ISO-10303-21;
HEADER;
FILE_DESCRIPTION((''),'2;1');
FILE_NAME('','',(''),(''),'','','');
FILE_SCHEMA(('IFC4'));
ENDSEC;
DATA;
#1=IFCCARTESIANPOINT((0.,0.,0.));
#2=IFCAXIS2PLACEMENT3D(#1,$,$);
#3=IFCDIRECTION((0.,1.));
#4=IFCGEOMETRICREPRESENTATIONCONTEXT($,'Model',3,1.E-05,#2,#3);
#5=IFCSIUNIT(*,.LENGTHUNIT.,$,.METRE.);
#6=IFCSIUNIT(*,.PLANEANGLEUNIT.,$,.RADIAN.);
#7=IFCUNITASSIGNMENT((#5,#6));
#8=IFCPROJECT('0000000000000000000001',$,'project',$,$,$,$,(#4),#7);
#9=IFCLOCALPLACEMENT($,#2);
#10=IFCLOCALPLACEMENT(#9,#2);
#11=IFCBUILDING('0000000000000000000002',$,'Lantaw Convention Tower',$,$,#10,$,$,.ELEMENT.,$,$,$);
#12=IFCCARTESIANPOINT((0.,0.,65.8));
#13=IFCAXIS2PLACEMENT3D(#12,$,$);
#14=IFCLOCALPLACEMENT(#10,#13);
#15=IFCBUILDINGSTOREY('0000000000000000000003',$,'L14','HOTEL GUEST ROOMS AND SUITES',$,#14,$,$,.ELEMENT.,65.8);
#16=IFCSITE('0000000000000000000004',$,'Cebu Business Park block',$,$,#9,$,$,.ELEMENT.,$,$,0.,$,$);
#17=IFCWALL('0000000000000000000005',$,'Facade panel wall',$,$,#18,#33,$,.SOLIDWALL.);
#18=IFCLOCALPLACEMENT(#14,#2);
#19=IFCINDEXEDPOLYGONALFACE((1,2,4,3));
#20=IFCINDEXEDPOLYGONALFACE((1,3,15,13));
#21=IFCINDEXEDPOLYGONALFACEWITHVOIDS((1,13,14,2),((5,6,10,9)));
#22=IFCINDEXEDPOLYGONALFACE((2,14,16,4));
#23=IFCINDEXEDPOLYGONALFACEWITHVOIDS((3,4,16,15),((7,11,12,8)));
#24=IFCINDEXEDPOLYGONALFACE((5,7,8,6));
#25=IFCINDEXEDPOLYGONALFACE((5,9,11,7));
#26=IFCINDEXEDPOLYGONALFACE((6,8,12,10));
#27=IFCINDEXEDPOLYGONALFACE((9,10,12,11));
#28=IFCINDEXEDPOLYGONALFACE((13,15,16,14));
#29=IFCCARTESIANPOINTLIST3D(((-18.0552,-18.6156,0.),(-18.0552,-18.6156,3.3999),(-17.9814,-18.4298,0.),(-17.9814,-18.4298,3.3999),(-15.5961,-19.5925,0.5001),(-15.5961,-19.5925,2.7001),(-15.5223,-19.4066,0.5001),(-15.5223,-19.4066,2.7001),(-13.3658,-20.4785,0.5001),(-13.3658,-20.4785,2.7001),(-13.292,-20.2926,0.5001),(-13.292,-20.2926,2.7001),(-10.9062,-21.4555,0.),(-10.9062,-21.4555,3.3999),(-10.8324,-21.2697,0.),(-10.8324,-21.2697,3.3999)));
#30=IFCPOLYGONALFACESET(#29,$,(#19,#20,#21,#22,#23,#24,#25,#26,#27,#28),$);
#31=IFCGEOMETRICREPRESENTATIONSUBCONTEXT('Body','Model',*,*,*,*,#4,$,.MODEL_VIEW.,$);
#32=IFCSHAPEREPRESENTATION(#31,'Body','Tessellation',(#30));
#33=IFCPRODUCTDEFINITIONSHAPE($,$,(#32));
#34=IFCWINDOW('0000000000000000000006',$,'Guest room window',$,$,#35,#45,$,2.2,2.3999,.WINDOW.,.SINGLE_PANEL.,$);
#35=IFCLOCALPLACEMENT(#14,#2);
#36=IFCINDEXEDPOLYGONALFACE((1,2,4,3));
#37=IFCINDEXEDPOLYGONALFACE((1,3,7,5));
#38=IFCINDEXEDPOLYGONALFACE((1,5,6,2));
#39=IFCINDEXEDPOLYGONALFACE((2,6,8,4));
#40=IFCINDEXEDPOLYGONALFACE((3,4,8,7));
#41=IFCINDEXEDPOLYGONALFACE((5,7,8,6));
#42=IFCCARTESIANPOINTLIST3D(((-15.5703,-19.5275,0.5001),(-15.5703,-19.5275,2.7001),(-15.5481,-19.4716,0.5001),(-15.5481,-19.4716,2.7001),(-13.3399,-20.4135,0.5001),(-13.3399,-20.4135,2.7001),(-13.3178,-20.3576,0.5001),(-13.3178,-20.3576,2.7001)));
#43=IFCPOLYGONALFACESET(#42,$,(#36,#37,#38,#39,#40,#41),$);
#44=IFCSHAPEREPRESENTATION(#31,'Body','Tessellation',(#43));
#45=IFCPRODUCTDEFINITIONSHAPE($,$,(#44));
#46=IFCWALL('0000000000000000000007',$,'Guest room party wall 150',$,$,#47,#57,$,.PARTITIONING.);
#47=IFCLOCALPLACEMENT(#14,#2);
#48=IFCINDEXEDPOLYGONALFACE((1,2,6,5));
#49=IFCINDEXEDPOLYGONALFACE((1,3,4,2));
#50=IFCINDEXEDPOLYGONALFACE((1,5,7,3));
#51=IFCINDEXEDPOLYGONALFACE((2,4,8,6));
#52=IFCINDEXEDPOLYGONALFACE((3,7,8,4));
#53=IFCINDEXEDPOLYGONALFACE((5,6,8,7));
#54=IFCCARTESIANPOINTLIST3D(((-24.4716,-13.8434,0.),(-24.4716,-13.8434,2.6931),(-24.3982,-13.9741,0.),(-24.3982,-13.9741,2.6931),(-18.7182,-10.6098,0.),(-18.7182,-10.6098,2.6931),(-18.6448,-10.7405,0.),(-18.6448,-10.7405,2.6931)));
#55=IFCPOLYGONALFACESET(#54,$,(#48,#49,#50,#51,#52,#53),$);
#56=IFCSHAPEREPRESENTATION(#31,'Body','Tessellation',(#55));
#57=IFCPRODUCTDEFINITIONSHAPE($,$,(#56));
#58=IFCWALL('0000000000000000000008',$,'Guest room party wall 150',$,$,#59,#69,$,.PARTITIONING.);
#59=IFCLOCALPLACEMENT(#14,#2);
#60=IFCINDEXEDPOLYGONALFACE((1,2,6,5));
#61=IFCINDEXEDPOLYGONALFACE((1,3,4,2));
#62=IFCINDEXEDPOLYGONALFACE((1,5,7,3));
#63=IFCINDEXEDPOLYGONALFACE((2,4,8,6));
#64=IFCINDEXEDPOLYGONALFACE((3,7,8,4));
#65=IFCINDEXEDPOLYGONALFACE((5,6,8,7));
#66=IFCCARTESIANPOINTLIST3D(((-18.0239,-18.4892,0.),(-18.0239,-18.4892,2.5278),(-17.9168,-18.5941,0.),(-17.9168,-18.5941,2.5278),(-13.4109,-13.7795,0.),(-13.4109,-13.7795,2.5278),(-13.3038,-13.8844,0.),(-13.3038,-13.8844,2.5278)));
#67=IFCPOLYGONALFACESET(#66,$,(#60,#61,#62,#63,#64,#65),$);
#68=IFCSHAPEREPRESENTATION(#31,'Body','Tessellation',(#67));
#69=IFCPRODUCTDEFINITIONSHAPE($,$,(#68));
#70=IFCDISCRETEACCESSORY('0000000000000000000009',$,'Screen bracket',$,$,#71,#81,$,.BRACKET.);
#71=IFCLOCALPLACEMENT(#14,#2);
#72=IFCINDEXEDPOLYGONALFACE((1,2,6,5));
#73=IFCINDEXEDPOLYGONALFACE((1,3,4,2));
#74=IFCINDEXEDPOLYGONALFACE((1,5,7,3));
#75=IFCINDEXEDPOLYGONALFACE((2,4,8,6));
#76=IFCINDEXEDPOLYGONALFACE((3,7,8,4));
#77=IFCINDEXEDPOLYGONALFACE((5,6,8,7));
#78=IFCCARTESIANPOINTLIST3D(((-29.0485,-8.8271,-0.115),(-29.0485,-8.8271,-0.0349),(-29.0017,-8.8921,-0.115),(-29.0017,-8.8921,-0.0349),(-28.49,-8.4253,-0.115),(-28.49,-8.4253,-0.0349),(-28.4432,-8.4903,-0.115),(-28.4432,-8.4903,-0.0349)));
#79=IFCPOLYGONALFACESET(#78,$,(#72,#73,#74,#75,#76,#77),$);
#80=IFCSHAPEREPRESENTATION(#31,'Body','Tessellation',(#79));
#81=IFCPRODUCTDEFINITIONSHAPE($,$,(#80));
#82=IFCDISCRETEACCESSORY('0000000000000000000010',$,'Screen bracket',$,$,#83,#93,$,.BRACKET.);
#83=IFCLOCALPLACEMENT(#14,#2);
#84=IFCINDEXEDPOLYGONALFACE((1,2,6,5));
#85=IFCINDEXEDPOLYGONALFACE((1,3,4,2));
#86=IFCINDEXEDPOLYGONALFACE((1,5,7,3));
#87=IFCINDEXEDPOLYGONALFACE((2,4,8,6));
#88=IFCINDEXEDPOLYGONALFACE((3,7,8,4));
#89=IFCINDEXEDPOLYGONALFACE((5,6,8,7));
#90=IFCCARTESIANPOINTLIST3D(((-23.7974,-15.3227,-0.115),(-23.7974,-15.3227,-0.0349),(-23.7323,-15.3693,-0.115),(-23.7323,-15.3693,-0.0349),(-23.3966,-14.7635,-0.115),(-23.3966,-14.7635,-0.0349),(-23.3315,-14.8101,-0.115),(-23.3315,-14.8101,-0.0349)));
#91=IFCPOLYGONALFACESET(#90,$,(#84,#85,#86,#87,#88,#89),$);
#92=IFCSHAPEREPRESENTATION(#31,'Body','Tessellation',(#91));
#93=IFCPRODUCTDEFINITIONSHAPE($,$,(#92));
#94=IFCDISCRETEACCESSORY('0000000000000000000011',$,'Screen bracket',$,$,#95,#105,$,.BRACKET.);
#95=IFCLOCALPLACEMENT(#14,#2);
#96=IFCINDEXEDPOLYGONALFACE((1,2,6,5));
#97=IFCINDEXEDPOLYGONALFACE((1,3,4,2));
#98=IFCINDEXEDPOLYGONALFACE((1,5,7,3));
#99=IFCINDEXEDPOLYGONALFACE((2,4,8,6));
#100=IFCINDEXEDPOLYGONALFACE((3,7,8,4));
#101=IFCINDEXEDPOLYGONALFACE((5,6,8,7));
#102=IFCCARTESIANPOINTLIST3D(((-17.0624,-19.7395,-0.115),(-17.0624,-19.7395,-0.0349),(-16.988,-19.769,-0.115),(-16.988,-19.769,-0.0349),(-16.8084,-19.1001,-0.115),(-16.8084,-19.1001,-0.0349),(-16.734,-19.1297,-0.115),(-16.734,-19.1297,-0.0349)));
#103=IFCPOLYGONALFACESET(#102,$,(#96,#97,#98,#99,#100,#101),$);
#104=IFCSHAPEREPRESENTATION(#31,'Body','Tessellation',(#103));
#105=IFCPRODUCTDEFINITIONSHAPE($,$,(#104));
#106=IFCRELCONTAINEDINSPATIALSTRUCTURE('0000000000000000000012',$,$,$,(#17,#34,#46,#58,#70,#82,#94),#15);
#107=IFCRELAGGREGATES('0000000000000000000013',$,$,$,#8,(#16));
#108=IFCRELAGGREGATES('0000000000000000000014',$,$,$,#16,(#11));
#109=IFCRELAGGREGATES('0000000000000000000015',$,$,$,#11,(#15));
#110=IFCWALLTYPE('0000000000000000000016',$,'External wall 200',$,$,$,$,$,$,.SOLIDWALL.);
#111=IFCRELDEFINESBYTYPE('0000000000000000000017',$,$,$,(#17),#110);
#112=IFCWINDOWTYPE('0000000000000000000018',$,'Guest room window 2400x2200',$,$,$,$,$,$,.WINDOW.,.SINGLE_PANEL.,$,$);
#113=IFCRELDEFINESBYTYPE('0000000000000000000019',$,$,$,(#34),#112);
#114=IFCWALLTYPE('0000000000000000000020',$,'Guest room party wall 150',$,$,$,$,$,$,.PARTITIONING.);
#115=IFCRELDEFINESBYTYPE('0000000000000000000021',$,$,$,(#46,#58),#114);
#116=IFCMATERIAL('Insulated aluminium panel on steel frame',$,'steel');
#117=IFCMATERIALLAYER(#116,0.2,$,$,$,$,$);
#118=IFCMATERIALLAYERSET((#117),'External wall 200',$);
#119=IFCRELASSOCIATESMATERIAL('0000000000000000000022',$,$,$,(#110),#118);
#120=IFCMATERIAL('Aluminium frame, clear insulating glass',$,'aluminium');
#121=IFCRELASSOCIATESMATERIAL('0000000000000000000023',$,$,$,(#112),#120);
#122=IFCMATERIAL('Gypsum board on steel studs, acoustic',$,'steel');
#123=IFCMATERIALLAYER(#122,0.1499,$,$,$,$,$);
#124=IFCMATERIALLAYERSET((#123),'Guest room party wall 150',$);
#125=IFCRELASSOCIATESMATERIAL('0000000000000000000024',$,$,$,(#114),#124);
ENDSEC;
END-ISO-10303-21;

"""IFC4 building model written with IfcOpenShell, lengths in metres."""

from ifc_helpers import new_model, si_unit, direction, frame, frame_2d, origin, origin_2d, place, context, subcontext, project, spatial, rectangle, extrude, material, layer, layer_set, type_object, element, fill, save


model = new_model("IFC4")

# Units and contexts
model_context = context("Model", 3, precision=1e-05, world=origin(), true_north=direction((0.0, 1.0)))
body_context = subcontext(model_context, "Body", "Model", "MODEL_VIEW")
ifc_project = project(units=[si_unit("LENGTHUNIT", "METRE"), si_unit("PLANEANGLEUNIT", "RADIAN")], contexts=[model_context])

# Site, building, storey
site_placement = place(None, origin())
site = spatial("IfcSite", under=ifc_project, at=site_placement, Name="Cebu Business Park block", CompositionType="ELEMENT", RefElevation=0.0)
building_placement = place(site_placement, origin())
building = spatial("IfcBuilding", under=site, at=building_placement, Name="Lantaw Convention Tower", CompositionType="ELEMENT")
storey_placement = place(building_placement, frame((0.0, 0.0, 65.8)))
storey = spatial("IfcBuildingStorey", under=building, at=storey_placement, Name="L14", Description="HOTEL GUEST ROOMS AND SUITES", CompositionType="ELEMENT", Elevation=65.8)

# Wall, opening, window
ifc_material_1 = material(Name="Insulated aluminium panel on steel frame", Category="steel")
ifc_layer_1 = layer(ifc_material_1, 0.2)
ifc_layer_set_1 = layer_set([ifc_layer_1], Name="External wall 200")
wall_type_1 = type_object("IfcWallType", Name="External wall 200", PredefinedType="SOLIDWALL", material=ifc_layer_set_1)
ifc_material_2 = material(Name="Aluminium frame, clear insulating glass", Category="aluminium")
window_type = type_object("IfcWindowType", Name="Guest room window 2400x2200", PartitioningType="SINGLE_PANEL", PredefinedType="WINDOW", material=ifc_material_2)
wall_1_placement = place(storey_placement, frame((-18.0183, -18.5227, 0.0), z_axis=(0.0, 0.0, 1.0), x_axis=(0.929358, -0.369179, 0.0)))
wall_1 = element("IfcWall", 1, at=wall_1_placement, inside=storey, type_object=wall_type_1, Name="Facade panel wall", PredefinedType="SOLIDWALL", context=body_context, shape_type="SweptSolid", body=[
    extrude(rectangle(XDim=7.6924, YDim=0.2, at=frame_2d((3.8462, 0.0))), origin(), (0.0, 0.0, 1.0), 3.3999),
])
opening_1_placement = place(wall_1_placement, frame((2.646, 0.0, 0.5)))
opening_1 = element("IfcOpeningElement", 2, at=opening_1_placement, cuts=wall_1, PredefinedType="OPENING", context=body_context, shape_type="SweptSolid", body=[
    extrude(rectangle(XDim=2.3999, YDim=2.2, at=frame_2d((1.2, 1.1001))), frame((0.0, 0.1099, 0.0), z_axis=(0.0, -1.0, 0.0), x_axis=(1.0, 0.0, 0.0)), (0.0, 0.0, 1.0), 0.22),
])
window_1_placement = place(opening_1_placement, origin())
window_1 = element("IfcWindow", 3, at=window_1_placement, inside=storey, type_object=window_type, Name="Guest room window", OverallHeight=2.2, OverallWidth=2.3999, PartitioningType="SINGLE_PANEL", PredefinedType="WINDOW", context=body_context, shape_type="SweptSolid", body=[
    extrude(rectangle(XDim=2.3999, YDim=2.2, at=frame_2d((1.2, 1.1001))), frame((0.0, 0.03, 0.0), z_axis=(0.0, -1.0, 0.0), x_axis=(1.0, 0.0, 0.0)), (0.0, 0.0, 1.0), 0.0601),
])
fill(opening_1, window_1)

# Walls
ifc_material_3 = material(Name="Gypsum board on steel studs, acoustic", Category="steel")
ifc_layer_2 = layer(ifc_material_3, 0.1499)
ifc_layer_set_2 = layer_set([ifc_layer_2], Name="Guest room party wall 150")
wall_type_2 = type_object("IfcWallType", Name="Guest room party wall 150", PredefinedType="PARTITIONING", material=ifc_layer_set_2)
wall_2_placement = place(storey_placement, frame((-24.4348, -13.9087, 0.0), z_axis=(0.0, 0.0, 1.0), x_axis=(0.871747, 0.489956, 0.0)))
element("IfcWall", 4, at=wall_2_placement, inside=storey, type_object=wall_type_2, Name="Guest room party wall 150", PredefinedType="PARTITIONING", context=body_context, shape_type="SweptSolid", body=[
    extrude(rectangle(XDim=6.5999, YDim=0.1499, at=frame_2d((3.2998, 0.0))), origin(), (0.0, 0.0, 1.0), 2.6931),
])
wall_3_placement = place(storey_placement, frame((-17.9705, -18.5417, 0.0), z_axis=(0.0, 0.0, 1.0), x_axis=(0.699736, 0.714401, 0.0)))
element("IfcWall", 5, at=wall_3_placement, inside=storey, type_object=wall_type_2, Name="Guest room party wall 150", PredefinedType="PARTITIONING", context=body_context, shape_type="SweptSolid", body=[
    extrude(rectangle(XDim=6.5925, YDim=0.1499, at=frame_2d((3.2964, 0.0))), origin(), (0.0, 0.0, 1.0), 2.5278),
])

# Discrete accessories
for number, where, z_axis, x_axis, name in (
    (6, (-28.7458, -8.6587, -0.115), (0.0, 0.0, 1.0), (0.583951, -0.811789, 0.0), "Screen bracket"),
    (7, (-23.5645, -15.0664, -0.115), (0.0, 0.0, 1.0), (0.812804, -0.582538, 0.0), "Screen bracket"),
    (8, (-16.8982, -19.4346, -0.115), (0.0, 0.0, 1.0), (0.929361, -0.369172, 0.0), "Screen bracket"),
):
    element("IfcDiscreteAccessory", number, at=place(storey_placement, frame(where, z_axis=z_axis, x_axis=x_axis)), inside=storey, Name=name, PredefinedType="BRACKET", context=body_context, shape_type="SweptSolid", body=[
        extrude(rectangle(XDim=0.0801, YDim=0.688, at=origin_2d()), origin(), (0.0, 0.0, 1.0), 0.0801),
    ])

save(model, "model.ifc")
